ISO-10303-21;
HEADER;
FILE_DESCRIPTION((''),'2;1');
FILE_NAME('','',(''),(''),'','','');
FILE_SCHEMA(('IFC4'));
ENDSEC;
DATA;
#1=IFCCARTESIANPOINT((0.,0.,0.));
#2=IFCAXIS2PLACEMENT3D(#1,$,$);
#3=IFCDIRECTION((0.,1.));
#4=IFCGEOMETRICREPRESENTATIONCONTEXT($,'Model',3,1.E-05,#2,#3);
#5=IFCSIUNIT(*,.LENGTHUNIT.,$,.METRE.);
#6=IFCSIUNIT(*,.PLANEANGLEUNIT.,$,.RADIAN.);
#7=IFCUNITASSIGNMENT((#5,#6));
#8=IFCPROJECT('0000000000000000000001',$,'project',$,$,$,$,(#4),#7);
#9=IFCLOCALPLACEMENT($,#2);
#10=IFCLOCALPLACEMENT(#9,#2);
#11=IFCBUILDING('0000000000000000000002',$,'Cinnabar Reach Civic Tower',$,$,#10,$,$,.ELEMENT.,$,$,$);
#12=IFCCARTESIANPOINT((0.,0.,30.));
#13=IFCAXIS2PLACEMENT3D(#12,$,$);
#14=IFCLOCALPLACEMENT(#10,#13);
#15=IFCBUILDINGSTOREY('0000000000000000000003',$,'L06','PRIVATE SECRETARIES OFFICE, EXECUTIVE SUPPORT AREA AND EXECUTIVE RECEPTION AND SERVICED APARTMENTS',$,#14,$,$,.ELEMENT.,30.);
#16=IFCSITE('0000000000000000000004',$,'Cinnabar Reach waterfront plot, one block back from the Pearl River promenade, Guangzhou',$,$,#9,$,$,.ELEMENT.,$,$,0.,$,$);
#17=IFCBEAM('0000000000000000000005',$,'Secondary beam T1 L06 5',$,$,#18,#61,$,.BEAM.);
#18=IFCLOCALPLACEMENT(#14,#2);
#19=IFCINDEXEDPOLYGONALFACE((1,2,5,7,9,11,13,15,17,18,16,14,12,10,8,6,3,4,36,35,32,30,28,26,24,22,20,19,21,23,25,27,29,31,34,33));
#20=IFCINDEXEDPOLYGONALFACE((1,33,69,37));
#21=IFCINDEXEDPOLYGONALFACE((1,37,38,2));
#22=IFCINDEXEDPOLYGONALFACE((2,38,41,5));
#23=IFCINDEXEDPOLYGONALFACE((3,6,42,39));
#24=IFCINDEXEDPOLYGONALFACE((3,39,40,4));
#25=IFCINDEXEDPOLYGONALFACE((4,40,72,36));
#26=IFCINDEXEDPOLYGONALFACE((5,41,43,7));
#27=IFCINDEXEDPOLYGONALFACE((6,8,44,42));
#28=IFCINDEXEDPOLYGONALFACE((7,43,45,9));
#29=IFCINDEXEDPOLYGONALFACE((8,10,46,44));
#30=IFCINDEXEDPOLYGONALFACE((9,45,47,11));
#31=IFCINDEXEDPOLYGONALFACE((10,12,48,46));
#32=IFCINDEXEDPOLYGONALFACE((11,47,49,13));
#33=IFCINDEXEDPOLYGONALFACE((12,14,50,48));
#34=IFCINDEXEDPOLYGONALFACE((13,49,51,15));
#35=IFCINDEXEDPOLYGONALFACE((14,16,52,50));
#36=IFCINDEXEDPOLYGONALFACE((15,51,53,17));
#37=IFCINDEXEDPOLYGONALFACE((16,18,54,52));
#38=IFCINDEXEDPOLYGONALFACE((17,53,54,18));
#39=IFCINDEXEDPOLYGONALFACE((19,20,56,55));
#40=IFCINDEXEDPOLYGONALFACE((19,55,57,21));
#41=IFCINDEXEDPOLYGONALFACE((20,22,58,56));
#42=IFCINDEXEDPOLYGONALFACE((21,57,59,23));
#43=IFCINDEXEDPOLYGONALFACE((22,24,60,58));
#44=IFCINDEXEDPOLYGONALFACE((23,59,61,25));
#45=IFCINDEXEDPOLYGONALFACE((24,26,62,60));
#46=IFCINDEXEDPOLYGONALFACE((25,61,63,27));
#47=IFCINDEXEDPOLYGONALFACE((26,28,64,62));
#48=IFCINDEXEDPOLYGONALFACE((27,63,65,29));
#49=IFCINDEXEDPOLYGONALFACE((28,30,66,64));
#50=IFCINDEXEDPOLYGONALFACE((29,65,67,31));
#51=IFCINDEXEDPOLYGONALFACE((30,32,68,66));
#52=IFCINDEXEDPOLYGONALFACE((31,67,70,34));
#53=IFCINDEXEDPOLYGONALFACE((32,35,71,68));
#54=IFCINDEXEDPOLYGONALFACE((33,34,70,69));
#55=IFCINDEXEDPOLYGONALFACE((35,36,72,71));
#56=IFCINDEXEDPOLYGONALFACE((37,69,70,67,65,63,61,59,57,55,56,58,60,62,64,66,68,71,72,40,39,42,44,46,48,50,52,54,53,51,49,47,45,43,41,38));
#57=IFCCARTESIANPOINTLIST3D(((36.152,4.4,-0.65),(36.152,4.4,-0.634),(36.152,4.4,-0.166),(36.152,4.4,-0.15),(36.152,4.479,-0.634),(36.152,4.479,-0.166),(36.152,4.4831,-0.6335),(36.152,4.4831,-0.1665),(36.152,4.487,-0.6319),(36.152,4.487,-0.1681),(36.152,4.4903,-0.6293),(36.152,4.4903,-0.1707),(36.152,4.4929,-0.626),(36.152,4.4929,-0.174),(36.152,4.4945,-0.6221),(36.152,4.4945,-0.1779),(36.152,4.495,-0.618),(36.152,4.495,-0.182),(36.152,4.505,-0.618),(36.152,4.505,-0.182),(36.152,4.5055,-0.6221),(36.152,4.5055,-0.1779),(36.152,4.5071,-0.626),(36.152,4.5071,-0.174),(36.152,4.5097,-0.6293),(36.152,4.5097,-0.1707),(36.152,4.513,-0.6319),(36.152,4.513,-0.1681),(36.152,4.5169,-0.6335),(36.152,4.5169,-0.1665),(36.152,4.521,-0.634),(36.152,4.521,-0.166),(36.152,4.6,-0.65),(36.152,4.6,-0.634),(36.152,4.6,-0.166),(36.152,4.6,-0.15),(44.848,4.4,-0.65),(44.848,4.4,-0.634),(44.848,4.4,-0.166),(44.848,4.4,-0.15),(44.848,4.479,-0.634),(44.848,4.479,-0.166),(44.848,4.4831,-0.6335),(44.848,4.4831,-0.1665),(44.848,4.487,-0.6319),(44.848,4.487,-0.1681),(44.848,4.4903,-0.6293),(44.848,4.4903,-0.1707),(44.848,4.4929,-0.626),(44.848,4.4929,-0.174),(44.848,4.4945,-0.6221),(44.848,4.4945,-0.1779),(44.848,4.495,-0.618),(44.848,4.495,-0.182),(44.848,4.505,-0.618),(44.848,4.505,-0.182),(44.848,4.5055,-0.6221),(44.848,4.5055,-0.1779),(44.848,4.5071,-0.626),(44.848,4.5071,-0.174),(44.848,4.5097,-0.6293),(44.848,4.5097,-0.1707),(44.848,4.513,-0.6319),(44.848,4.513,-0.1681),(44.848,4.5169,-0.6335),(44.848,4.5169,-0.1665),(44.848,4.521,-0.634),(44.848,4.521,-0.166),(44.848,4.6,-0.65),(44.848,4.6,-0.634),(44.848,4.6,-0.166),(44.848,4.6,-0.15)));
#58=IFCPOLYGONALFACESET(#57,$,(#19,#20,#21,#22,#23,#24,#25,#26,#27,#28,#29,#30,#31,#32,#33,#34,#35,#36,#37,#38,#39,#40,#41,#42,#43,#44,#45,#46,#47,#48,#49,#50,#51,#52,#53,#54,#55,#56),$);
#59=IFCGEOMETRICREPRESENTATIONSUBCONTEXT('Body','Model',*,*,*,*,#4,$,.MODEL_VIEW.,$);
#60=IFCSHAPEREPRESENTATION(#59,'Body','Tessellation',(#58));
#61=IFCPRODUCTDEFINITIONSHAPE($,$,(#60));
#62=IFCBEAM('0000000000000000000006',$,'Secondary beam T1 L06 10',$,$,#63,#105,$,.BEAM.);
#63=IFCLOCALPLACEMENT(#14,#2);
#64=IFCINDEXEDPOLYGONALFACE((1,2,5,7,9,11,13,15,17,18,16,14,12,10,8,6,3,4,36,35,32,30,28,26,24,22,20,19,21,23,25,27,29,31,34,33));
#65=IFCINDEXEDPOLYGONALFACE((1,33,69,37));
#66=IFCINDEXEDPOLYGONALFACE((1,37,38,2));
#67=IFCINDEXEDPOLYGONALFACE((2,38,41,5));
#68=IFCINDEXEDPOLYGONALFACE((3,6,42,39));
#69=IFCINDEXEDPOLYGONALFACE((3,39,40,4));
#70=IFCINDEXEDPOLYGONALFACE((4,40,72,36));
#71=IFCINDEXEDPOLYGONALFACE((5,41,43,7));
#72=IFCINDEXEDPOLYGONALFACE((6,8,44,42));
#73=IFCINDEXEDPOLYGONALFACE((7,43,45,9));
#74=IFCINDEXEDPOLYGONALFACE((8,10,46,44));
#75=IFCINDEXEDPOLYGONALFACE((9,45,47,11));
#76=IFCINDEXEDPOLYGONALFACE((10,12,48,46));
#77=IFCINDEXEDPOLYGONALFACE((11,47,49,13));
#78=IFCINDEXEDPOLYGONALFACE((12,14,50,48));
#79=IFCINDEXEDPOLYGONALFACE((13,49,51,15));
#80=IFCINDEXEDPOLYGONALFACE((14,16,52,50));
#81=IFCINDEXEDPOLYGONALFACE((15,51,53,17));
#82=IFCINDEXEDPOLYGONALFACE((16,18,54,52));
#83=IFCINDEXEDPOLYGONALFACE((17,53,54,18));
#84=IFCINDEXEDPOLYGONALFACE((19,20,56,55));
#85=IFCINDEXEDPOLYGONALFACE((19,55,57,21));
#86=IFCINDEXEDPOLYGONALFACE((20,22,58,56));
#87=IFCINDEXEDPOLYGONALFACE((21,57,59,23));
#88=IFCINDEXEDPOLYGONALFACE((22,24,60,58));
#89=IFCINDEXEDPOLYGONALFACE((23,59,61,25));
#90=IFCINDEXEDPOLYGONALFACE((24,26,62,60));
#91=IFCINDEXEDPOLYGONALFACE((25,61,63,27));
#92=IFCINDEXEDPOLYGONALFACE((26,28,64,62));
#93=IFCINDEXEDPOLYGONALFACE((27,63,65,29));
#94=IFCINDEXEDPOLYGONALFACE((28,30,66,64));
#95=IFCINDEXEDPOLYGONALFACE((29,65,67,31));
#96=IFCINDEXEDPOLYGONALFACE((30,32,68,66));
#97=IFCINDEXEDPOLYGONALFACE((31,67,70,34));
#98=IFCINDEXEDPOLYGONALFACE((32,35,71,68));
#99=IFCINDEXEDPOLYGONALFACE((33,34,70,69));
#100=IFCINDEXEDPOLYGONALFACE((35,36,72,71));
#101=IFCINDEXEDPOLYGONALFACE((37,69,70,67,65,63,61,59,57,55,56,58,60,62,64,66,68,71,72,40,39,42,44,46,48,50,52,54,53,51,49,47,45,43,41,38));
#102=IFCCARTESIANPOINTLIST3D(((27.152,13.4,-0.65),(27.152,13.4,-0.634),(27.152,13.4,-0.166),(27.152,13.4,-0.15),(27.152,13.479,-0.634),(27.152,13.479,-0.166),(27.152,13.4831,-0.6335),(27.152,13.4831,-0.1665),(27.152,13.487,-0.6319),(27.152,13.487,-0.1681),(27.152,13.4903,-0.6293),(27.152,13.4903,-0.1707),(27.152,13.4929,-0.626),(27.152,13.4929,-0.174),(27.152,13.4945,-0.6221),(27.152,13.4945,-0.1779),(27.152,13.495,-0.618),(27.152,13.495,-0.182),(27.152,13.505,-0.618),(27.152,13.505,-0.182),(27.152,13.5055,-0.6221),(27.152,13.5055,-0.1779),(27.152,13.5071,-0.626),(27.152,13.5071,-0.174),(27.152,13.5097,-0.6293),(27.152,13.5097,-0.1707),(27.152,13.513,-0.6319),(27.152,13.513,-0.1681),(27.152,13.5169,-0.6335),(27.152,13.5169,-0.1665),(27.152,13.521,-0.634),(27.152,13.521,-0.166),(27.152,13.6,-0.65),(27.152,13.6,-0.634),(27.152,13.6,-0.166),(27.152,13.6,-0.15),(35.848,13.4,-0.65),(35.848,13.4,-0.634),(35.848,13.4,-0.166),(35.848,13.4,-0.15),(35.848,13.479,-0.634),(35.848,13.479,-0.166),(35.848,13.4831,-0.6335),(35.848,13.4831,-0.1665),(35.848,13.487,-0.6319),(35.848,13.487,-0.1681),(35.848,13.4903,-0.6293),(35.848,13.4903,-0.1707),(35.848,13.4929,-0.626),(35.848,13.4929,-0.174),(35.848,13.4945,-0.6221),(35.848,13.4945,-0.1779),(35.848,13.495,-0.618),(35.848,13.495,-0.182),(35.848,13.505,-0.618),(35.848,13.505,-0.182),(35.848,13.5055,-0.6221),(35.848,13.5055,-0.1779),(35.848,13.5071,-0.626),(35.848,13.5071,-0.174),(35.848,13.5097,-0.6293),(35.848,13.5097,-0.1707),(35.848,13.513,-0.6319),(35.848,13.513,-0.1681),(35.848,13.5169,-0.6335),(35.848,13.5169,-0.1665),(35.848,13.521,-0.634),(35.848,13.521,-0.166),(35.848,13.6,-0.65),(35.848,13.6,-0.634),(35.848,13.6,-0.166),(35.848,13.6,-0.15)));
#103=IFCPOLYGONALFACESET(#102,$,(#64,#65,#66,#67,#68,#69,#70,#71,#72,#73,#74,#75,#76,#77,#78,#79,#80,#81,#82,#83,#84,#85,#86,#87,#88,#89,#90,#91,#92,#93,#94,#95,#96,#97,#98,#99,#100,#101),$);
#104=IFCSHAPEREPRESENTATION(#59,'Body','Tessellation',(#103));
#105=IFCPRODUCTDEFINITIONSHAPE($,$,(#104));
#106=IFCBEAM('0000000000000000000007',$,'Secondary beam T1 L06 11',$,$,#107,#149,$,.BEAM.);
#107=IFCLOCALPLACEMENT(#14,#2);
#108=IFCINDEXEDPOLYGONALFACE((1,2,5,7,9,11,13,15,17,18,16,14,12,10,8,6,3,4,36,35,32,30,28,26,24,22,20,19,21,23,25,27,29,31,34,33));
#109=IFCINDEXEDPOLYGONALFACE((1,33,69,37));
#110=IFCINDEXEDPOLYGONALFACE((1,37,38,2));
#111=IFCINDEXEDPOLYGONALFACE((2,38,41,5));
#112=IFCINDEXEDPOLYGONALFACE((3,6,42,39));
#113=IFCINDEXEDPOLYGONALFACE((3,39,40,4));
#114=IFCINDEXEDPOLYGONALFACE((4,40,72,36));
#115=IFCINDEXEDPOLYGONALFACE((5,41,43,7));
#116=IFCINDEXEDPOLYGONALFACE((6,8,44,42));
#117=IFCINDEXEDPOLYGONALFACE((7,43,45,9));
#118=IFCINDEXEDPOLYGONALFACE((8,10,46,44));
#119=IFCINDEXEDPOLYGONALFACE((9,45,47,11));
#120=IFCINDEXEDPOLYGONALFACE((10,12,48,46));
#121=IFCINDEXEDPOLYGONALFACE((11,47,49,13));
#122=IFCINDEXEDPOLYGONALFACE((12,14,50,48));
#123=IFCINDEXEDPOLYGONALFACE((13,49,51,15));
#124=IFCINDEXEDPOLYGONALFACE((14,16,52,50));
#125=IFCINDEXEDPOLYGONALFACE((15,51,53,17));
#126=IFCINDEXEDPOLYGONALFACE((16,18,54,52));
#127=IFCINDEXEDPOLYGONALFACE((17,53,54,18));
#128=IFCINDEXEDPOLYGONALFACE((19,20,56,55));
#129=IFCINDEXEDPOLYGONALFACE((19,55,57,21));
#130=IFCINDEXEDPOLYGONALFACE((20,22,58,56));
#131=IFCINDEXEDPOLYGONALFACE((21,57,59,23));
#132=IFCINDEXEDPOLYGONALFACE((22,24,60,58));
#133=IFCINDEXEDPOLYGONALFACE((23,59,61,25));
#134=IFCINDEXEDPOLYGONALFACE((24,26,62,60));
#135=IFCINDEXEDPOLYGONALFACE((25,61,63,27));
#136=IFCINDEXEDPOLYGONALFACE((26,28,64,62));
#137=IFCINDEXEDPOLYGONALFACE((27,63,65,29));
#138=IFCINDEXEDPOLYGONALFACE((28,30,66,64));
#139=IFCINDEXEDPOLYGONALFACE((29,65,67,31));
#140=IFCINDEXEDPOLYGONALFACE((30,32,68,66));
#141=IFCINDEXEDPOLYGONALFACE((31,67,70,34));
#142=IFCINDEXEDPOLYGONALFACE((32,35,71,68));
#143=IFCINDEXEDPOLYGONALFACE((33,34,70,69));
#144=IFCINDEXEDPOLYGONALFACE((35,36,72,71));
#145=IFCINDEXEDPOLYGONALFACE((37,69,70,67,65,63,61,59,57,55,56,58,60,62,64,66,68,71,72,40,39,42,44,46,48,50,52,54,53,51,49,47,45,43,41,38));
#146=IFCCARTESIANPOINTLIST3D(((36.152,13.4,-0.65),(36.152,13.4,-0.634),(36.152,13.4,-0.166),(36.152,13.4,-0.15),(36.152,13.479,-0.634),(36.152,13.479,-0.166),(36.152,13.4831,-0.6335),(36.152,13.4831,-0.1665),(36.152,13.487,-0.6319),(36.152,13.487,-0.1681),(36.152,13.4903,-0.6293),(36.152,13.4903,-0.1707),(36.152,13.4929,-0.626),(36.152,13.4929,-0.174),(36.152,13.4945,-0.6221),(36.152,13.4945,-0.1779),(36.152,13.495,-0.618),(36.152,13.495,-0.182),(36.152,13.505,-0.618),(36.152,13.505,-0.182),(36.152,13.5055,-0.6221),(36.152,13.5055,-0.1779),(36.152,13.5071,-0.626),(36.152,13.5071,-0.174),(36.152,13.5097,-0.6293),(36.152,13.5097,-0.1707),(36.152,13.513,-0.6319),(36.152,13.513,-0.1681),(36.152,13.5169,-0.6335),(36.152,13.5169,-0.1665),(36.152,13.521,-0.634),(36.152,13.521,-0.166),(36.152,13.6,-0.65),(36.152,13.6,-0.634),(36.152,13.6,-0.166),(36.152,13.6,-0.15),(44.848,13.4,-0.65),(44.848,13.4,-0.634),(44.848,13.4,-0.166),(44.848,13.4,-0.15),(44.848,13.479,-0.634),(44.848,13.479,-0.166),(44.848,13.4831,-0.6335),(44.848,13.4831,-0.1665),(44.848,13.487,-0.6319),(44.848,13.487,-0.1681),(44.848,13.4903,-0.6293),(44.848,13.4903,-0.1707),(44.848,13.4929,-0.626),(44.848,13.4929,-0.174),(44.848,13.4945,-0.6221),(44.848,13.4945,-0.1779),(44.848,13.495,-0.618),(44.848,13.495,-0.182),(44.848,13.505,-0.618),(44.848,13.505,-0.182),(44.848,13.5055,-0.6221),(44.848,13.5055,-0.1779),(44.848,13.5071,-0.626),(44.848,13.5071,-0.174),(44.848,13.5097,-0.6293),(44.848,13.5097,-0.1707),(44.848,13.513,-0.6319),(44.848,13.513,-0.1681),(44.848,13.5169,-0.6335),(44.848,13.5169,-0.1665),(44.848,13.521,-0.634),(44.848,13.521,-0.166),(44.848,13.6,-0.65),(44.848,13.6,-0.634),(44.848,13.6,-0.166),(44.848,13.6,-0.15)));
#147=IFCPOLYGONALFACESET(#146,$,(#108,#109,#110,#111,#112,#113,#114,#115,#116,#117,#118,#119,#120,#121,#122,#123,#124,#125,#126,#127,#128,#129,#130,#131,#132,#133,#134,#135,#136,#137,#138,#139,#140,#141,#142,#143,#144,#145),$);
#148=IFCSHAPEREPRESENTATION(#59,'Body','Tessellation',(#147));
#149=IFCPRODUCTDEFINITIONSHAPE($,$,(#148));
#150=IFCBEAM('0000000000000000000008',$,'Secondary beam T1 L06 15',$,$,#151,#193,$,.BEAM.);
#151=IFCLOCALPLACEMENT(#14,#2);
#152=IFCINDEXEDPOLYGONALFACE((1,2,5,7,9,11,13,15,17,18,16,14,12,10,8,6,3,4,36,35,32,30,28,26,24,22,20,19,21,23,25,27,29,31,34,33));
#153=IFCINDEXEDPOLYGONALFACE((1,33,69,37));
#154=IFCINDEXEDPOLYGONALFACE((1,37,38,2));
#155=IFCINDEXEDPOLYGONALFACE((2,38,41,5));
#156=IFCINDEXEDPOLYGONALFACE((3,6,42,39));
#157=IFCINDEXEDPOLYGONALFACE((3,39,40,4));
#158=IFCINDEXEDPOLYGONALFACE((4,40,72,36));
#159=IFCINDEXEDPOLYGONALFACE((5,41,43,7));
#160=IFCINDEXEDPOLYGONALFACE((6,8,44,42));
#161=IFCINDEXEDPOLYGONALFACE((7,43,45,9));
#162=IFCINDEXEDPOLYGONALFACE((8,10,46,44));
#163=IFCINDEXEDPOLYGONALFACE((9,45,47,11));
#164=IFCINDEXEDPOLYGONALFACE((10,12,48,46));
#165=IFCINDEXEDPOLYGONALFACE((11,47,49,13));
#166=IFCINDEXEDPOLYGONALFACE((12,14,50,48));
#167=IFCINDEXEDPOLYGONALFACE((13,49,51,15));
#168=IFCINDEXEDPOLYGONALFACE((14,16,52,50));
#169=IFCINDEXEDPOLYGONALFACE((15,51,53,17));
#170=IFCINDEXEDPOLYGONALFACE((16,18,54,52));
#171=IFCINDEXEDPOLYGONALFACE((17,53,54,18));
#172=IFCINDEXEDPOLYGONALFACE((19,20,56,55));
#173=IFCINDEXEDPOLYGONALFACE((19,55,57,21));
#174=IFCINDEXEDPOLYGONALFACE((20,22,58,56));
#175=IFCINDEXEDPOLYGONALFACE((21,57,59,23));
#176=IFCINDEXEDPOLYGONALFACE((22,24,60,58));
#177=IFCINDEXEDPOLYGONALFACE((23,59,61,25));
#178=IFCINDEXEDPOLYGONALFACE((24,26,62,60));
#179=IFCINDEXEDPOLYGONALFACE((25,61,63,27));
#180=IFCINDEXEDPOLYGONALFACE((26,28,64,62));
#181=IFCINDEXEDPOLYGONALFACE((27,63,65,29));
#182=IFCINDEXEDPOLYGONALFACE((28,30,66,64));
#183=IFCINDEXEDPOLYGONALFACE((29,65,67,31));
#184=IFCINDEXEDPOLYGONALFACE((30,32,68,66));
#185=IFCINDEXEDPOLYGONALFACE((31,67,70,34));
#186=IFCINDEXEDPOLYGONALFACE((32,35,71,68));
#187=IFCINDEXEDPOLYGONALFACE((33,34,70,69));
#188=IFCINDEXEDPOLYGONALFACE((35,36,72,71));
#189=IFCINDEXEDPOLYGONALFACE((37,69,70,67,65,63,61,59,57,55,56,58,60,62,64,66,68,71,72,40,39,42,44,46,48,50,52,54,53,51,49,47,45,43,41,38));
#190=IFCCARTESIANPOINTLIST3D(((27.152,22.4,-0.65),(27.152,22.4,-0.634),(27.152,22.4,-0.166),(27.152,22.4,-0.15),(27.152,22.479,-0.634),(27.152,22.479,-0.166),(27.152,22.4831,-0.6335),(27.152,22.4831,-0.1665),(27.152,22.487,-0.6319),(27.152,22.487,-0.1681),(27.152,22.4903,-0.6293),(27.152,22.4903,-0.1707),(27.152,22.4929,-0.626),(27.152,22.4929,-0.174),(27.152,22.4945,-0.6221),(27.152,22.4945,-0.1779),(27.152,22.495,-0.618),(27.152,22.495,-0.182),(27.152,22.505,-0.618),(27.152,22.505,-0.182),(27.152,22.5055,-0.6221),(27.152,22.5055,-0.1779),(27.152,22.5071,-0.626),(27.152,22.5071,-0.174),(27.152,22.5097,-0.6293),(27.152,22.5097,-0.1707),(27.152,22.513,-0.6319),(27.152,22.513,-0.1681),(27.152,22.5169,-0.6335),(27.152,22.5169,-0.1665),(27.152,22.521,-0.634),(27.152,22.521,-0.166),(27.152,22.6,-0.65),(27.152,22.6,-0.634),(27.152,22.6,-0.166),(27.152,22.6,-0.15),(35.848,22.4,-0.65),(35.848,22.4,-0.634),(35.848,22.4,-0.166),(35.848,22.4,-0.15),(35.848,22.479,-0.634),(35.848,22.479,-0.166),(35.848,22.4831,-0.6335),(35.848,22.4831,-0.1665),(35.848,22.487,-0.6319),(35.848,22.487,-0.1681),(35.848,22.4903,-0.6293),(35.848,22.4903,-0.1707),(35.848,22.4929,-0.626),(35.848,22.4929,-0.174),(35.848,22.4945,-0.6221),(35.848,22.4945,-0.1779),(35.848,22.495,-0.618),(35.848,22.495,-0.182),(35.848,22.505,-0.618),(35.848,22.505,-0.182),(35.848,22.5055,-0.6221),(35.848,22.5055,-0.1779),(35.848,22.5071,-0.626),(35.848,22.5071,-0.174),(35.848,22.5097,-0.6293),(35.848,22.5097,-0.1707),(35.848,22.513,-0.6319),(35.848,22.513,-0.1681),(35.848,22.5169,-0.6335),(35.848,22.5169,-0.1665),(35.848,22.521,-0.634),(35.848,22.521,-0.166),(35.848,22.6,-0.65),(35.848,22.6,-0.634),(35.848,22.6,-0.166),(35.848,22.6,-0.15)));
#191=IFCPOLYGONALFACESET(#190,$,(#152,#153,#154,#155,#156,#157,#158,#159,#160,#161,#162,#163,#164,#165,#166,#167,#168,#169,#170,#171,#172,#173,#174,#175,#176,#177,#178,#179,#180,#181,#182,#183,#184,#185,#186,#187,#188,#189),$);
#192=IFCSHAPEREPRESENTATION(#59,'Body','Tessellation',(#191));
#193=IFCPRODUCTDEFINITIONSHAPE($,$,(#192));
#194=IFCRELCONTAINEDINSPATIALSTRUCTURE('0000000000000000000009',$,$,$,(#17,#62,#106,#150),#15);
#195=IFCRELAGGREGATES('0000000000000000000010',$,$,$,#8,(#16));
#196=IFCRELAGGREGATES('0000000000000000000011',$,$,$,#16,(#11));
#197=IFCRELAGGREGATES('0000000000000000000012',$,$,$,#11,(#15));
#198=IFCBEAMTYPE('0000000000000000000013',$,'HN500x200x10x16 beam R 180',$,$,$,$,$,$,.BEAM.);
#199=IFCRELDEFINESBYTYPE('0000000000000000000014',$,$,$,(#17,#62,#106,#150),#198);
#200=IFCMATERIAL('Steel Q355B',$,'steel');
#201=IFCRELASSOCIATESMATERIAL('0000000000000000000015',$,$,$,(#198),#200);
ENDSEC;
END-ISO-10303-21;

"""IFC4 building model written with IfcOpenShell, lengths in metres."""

from ifc_helpers import new_model, si_unit, direction, frame, origin, origin_2d, place, context, subcontext, project, spatial, i_section, extrude, material, material_profile, profile_set, type_object, element, save


model = new_model("IFC4")

# Units and contexts
model_context = context("Model", 3, precision=1e-05, world=origin(), true_north=direction((0.0, 1.0)))
body_context = subcontext(model_context, "Body", "Model", "MODEL_VIEW")
ifc_project = project(units=[si_unit("LENGTHUNIT", "METRE"), si_unit("PLANEANGLEUNIT", "RADIAN")], contexts=[model_context])

# Site, building, storey
site_placement = place(None, origin())
site = spatial("IfcSite", under=ifc_project, at=site_placement, Name="Cinnabar Reach waterfront plot, one block back from the Pearl River promenade, Guangzhou", CompositionType="ELEMENT", RefElevation=0.0)
building_placement = place(site_placement, origin())
building = spatial("IfcBuilding", under=site, at=building_placement, Name="Cinnabar Reach Civic Tower", CompositionType="ELEMENT")
storey_placement = place(building_placement, frame((0.0, 0.0, 30.0)))
storey = spatial("IfcBuildingStorey", under=building, at=storey_placement, Name="L06", Description="PRIVATE SECRETARIES OFFICE, EXECUTIVE SUPPORT AREA AND EXECUTIVE RECEPTION AND SERVICED APARTMENTS", CompositionType="ELEMENT", Elevation=30.0)

# Beams
ifc_material_1 = material(Name="Steel Q355B", Category="steel")
ifc_material_profile_1 = material_profile(ifc_material_1, i_section(OverallWidth=0.2, OverallDepth=0.5, WebThickness=0.01, FlangeThickness=0.016, FilletRadius=0.016, at=origin_2d()), Name="HN500x200x10x16")
ifc_profile_set_1 = profile_set([ifc_material_profile_1], Name="Steel Q355B")
beam_type_1 = type_object("IfcBeamType", Name="HN500x200x10x16 beam R 180", PredefinedType="BEAM", material=ifc_profile_set_1)
for number, where, z_axis, x_axis, name in (
    (1, (36.152, 4.5, -0.4), (1.0, 0.0, 0.0), (0.0, 1.0, 0.0), "Secondary beam T1 L06 5"),
    (2, (27.152, 13.5, -0.4), (1.0, 0.0, 0.0), (0.0, 1.0, 0.0), "Secondary beam T1 L06 10"),
    (3, (36.152, 13.5, -0.4), (1.0, 0.0, 0.0), (0.0, 1.0, 0.0), "Secondary beam T1 L06 11"),
    (4, (27.152, 22.5, -0.4), (1.0, 0.0, 0.0), (0.0, 1.0, 0.0), "Secondary beam T1 L06 15"),
):
    element("IfcBeam", number, at=place(storey_placement, frame(where, z_axis=z_axis, x_axis=x_axis)), inside=storey, type_object=beam_type_1, Name=name, PredefinedType="BEAM", context=body_context, shape_type="SweptSolid", body=[
        extrude(i_section(OverallWidth=0.2, OverallDepth=0.5, WebThickness=0.01, FlangeThickness=0.016, FilletRadius=0.016, at=origin_2d()), origin(), (0.0, 0.0, 1.0), 8.696),
    ])

save(model, "model.ifc")
